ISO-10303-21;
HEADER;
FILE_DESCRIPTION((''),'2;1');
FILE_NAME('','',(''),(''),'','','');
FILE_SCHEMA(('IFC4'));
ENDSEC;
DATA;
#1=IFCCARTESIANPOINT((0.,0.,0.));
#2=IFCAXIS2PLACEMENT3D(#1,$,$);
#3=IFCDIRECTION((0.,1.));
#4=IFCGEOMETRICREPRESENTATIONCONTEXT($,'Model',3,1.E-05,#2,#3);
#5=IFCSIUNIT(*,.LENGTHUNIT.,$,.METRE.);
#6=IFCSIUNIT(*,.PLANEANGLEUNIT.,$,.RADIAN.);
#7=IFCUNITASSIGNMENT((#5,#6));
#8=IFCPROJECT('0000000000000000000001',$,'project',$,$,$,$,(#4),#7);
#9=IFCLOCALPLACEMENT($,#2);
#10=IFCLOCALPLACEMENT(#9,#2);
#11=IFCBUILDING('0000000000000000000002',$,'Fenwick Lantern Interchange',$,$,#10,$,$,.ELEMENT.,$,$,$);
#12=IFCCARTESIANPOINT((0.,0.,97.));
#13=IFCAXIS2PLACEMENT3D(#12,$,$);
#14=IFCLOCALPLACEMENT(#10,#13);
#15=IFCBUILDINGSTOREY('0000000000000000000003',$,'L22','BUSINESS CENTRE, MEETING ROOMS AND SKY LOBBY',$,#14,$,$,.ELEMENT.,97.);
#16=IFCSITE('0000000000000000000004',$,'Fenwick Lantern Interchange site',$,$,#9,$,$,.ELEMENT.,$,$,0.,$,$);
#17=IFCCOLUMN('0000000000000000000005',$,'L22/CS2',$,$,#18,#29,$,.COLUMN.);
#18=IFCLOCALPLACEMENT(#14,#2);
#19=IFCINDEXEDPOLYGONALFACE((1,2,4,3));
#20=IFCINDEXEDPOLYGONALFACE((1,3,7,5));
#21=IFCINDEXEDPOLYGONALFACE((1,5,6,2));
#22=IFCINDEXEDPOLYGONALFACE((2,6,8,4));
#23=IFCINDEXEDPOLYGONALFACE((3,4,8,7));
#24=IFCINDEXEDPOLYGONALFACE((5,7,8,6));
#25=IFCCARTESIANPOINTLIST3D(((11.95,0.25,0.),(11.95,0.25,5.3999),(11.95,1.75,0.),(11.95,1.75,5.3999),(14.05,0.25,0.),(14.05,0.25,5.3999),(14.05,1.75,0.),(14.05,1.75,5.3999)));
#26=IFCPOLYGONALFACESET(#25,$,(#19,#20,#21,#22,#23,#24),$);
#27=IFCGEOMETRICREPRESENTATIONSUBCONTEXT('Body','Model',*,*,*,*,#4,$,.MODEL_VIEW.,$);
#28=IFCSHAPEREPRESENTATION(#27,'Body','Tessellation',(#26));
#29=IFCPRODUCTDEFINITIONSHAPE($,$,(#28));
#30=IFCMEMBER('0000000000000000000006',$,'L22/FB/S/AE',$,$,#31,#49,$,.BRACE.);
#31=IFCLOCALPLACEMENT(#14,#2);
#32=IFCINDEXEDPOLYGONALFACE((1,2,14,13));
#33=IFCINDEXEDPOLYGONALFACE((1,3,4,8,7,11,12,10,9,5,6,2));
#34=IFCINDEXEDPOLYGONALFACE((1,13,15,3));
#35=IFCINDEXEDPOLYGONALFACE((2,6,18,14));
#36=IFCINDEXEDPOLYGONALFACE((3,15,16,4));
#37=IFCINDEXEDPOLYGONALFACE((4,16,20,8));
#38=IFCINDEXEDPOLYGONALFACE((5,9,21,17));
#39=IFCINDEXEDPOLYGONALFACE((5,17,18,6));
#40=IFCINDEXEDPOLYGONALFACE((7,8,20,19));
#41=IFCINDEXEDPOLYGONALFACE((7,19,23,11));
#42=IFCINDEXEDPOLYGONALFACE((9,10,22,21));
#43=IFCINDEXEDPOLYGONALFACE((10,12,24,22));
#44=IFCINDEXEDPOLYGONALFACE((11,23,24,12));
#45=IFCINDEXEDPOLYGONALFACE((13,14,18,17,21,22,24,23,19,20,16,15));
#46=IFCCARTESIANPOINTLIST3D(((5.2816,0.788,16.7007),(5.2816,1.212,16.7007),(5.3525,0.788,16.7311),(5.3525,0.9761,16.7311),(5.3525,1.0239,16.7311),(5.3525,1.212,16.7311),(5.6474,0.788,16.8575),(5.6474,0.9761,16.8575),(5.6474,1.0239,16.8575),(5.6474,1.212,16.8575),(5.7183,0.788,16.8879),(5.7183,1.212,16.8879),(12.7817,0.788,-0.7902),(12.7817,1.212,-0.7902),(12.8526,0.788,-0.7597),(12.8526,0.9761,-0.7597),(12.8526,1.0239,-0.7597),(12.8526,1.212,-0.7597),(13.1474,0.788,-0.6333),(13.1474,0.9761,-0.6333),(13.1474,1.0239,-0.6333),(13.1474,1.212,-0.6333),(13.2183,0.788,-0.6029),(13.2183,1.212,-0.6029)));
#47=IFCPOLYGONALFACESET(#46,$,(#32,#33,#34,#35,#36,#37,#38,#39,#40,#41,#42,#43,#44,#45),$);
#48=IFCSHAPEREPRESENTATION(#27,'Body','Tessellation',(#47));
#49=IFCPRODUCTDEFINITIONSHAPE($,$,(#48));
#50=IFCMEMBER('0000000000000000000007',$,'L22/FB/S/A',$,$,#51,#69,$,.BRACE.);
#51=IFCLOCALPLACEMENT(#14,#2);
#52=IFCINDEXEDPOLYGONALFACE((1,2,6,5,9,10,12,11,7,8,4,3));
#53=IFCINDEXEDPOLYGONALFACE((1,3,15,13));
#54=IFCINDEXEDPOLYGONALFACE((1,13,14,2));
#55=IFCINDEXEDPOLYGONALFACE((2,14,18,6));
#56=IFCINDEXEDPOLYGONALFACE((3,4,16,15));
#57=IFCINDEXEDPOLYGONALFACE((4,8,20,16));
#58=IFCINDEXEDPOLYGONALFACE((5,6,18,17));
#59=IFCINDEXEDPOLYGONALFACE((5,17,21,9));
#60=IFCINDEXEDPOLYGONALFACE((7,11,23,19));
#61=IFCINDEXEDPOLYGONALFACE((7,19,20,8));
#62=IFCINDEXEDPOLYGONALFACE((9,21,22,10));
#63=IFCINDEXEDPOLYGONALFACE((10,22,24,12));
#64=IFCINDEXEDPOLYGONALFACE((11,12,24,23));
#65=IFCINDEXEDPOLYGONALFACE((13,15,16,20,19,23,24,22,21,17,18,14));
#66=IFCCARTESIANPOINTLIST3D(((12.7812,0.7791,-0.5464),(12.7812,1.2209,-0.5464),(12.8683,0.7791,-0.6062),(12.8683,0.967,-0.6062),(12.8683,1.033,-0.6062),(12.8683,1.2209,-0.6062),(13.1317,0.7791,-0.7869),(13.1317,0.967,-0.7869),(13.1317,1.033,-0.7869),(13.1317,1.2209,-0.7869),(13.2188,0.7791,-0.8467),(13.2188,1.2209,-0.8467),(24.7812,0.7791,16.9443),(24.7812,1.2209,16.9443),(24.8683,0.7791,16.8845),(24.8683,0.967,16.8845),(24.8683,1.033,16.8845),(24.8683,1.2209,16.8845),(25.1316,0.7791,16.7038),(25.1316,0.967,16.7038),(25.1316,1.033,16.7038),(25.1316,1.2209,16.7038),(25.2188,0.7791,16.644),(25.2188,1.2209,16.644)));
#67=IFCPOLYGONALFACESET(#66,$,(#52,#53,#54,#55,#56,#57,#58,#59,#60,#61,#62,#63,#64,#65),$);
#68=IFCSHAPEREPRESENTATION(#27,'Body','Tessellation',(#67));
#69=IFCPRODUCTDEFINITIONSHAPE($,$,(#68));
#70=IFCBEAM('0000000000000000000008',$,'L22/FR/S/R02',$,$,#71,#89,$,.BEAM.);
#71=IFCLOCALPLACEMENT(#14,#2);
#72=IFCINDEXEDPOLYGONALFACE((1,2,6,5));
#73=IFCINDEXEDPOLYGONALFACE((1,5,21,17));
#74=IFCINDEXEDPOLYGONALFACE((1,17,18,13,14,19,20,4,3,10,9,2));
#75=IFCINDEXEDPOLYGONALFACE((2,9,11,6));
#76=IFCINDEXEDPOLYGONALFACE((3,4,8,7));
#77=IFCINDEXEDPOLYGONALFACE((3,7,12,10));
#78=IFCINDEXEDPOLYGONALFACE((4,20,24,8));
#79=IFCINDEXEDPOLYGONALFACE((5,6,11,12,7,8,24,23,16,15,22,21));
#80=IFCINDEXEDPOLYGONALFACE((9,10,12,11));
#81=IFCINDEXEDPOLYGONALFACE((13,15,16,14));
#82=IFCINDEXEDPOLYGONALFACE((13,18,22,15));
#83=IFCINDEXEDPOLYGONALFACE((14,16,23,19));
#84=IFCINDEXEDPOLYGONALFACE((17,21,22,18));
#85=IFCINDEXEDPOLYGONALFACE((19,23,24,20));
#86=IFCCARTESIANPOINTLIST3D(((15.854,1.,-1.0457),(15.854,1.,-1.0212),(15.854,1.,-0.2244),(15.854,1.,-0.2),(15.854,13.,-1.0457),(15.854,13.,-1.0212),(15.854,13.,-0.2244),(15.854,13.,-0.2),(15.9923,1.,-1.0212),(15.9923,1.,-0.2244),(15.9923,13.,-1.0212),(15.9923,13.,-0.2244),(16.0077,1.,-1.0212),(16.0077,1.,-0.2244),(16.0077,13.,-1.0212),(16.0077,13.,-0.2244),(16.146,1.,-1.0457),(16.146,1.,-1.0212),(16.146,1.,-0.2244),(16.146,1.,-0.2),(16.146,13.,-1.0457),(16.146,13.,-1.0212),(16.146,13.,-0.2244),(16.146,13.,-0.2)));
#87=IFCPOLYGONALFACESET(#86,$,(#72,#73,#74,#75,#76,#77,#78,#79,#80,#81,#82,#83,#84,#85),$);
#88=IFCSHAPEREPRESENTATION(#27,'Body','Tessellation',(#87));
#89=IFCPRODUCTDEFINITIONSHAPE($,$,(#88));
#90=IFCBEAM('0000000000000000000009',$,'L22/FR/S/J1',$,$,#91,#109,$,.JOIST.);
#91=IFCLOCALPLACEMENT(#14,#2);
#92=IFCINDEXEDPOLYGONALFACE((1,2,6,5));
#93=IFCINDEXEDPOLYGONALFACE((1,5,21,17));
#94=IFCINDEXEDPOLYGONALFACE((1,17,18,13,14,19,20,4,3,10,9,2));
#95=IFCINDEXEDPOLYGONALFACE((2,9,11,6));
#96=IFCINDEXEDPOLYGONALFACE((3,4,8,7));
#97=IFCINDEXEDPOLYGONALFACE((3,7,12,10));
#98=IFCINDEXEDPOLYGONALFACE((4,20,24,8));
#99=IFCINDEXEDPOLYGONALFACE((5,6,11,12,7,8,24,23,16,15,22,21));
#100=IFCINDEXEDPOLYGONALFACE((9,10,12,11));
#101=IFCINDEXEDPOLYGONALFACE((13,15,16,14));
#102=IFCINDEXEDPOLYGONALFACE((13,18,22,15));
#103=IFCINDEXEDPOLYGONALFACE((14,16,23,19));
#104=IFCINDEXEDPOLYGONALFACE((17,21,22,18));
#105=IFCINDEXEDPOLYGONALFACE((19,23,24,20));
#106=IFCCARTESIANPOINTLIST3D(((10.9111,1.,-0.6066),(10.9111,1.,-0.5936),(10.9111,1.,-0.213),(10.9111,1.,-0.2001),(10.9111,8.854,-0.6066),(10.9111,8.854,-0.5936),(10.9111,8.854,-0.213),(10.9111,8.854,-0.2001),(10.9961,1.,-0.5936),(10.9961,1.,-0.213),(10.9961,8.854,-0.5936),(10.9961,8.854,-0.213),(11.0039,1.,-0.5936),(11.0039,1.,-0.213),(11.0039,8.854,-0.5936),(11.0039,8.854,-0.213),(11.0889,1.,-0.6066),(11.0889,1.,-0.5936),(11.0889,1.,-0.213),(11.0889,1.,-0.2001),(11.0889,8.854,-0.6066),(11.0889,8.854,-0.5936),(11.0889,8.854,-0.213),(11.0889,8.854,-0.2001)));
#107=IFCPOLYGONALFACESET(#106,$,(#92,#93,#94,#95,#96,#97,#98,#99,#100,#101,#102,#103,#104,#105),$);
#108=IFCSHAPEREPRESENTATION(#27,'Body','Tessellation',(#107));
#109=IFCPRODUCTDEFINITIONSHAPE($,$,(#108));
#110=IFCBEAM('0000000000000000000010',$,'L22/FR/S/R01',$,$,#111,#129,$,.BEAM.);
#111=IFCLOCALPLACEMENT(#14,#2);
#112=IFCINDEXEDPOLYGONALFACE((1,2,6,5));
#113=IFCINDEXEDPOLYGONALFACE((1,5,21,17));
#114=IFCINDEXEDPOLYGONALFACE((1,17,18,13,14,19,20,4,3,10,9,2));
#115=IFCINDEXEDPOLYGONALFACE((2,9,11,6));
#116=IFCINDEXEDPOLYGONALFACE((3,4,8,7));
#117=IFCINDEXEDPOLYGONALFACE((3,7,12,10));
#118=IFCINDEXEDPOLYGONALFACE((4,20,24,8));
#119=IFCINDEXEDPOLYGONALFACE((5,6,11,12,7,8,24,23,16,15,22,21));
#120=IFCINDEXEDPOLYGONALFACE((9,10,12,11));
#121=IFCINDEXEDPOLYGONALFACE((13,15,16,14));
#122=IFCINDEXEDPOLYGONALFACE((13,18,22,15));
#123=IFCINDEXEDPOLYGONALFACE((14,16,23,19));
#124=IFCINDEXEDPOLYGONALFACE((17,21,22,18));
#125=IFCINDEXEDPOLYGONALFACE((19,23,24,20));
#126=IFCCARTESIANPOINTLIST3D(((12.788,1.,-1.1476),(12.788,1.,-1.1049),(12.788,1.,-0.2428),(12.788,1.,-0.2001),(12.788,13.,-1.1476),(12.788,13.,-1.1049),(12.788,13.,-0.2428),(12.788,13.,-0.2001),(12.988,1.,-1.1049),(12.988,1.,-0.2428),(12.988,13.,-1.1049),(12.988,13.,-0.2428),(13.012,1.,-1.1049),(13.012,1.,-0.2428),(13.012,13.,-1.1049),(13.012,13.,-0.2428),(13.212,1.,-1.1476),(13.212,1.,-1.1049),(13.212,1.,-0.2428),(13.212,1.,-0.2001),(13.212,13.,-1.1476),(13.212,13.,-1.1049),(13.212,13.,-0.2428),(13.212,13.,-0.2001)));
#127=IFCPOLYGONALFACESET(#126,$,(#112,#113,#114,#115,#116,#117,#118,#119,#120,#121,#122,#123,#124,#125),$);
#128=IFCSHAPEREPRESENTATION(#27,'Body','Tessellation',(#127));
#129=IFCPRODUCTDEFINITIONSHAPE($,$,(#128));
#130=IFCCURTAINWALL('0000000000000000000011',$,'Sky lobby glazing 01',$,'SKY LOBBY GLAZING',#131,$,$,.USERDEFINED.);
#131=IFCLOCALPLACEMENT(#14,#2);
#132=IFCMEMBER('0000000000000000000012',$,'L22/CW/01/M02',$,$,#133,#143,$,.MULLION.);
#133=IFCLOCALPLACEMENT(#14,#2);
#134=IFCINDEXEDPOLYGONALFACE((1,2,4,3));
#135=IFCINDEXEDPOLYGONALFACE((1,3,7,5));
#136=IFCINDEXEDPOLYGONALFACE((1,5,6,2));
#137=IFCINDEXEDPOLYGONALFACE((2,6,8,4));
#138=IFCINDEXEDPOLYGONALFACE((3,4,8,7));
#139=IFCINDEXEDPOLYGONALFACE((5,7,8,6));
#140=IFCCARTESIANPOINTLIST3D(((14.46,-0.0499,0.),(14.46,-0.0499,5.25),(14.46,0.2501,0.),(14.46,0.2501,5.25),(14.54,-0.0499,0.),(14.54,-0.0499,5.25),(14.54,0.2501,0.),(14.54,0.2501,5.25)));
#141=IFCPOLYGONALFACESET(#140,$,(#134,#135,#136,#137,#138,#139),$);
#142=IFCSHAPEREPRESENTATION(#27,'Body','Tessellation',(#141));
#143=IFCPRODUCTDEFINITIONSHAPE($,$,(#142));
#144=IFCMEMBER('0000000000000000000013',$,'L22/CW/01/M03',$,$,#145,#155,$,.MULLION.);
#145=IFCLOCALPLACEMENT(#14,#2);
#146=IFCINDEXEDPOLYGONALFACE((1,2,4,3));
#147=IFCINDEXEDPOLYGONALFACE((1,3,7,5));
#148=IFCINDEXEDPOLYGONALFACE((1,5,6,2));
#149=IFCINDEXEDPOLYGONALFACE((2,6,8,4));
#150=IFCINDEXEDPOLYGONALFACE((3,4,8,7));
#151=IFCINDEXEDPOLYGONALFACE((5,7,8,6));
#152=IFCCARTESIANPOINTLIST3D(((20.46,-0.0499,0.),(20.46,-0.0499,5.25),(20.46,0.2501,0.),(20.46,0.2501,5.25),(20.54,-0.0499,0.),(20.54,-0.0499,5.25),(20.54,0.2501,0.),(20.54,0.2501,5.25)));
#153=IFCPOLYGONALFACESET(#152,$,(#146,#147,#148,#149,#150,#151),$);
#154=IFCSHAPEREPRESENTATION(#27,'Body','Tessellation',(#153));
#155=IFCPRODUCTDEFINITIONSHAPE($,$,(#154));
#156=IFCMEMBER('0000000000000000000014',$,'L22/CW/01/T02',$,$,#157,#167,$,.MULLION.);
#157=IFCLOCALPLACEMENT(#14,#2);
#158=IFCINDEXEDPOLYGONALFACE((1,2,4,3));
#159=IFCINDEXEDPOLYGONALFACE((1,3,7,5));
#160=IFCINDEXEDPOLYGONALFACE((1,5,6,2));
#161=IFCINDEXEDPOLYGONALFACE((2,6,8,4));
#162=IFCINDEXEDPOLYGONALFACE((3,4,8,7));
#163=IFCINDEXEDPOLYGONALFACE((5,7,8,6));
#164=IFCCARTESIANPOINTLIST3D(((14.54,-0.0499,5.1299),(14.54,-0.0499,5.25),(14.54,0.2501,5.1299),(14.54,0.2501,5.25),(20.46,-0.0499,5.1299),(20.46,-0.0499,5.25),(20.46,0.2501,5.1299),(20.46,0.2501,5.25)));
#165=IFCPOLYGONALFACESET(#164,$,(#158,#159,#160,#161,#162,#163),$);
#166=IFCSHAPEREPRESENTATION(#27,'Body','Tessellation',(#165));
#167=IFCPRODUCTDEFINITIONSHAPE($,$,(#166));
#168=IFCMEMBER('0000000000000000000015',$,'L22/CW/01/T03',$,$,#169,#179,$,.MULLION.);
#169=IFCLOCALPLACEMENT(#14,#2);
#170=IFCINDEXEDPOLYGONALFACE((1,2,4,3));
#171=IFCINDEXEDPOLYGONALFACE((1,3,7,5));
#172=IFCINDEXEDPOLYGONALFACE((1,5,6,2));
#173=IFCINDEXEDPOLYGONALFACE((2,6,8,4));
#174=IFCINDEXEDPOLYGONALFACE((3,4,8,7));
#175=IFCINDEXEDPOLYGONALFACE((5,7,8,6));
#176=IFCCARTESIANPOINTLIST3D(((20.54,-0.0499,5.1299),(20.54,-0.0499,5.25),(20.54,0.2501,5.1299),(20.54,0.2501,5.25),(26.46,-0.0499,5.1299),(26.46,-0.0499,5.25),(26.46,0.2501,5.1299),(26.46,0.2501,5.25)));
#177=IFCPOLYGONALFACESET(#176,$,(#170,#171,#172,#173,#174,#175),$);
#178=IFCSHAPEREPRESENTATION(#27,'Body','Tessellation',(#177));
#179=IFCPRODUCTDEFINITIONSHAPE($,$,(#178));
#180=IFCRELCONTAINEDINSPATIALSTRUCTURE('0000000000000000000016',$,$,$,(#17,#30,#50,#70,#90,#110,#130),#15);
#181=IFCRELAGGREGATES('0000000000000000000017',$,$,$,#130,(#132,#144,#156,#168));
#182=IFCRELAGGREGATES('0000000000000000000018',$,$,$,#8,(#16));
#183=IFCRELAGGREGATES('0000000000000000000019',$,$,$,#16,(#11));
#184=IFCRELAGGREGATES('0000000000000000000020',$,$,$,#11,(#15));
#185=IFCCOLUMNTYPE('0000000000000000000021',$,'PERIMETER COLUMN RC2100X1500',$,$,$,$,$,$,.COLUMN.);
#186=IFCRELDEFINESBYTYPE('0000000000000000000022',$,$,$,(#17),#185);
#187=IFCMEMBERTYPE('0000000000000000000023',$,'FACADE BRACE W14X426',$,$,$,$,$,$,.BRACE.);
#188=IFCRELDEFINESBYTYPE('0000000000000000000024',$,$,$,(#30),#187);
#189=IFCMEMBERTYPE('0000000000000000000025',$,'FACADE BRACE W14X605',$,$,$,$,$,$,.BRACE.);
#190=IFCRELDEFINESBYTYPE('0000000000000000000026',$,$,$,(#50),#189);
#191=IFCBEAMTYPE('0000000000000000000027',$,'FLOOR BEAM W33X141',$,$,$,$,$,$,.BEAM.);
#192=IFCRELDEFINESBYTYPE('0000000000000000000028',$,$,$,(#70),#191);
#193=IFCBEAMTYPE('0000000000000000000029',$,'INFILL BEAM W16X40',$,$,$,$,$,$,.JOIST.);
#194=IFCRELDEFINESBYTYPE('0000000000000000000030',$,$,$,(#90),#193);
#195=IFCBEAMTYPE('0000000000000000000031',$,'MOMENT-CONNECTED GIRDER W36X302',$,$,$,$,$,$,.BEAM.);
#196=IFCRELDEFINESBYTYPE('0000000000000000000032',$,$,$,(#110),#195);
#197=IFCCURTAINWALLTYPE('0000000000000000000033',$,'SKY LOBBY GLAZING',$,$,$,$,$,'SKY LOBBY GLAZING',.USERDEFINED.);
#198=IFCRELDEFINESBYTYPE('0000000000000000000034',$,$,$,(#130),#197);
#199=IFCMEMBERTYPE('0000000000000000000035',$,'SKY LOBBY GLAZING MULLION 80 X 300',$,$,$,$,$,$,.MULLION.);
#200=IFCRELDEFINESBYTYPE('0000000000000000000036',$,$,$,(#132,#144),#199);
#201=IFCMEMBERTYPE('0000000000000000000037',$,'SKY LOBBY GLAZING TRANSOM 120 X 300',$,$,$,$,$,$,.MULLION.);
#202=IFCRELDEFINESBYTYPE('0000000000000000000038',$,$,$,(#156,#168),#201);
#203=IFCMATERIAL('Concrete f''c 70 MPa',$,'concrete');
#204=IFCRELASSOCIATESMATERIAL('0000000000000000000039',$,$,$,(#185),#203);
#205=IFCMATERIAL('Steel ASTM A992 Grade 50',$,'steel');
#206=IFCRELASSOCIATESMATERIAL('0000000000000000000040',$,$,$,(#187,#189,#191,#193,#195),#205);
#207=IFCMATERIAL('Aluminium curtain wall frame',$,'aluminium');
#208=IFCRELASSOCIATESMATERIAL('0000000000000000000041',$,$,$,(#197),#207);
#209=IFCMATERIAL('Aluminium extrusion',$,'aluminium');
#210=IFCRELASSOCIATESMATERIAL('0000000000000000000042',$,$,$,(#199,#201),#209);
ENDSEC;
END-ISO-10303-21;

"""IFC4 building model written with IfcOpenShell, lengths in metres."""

from ifc_helpers import new_model, si_unit, direction, frame, origin, origin_2d, place, context, subcontext, project, spatial, rectangle, i_section, extrude, material, material_profile, profile_set, type_object, element, aggregate, save


model = new_model("IFC4")

# Units and contexts
model_context = context("Model", 3, precision=1e-05, world=origin(), true_north=direction((0.0, 1.0)))
body_context = subcontext(model_context, "Body", "Model", "MODEL_VIEW")
ifc_project = project(units=[si_unit("LENGTHUNIT", "METRE"), si_unit("PLANEANGLEUNIT", "RADIAN")], contexts=[model_context])

# Site, building, storey
site_placement = place(None, origin())
site = spatial("IfcSite", under=ifc_project, at=site_placement, Name="Fenwick Lantern Interchange site", CompositionType="ELEMENT", RefElevation=0.0)
building_placement = place(site_placement, origin())
building = spatial("IfcBuilding", under=site, at=building_placement, Name="Fenwick Lantern Interchange", CompositionType="ELEMENT")
storey_placement = place(building_placement, frame((0.0, 0.0, 97.0)))
storey = spatial("IfcBuildingStorey", under=building, at=storey_placement, Name="L22", Description="BUSINESS CENTRE, MEETING ROOMS AND SKY LOBBY", CompositionType="ELEMENT", Elevation=97.0)

# Column
ifc_material_1 = material(Name="Concrete f'c 70 MPa", Category="concrete")
ifc_material_profile_1 = material_profile(ifc_material_1, rectangle(XDim=2.1001, YDim=1.5, at=origin_2d()), Name="RC2100X1500")
ifc_profile_set_1 = profile_set([ifc_material_profile_1], Name="Concrete f'c 70 MPa")
column_type = type_object("IfcColumnType", Name="PERIMETER COLUMN RC2100X1500", PredefinedType="COLUMN", material=ifc_profile_set_1)
column_placement = place(storey_placement, frame((13.0, 1.0, 0.0), z_axis=(0.0, 0.0, 1.0), x_axis=(1.0, 0.0, 0.0)))
element("IfcColumn", 1, at=column_placement, inside=storey, type_object=column_type, Name="L22/CS2", PredefinedType="COLUMN", context=body_context, shape_type="SweptSolid", body=[
    extrude(rectangle(XDim=2.1001, YDim=1.5, at=origin_2d()), origin(), (0.0, 0.0, 1.0), 5.3999),
])

# Members
ifc_material_2 = material(Name="Steel ASTM A992 Grade 50", Category="steel")
ifc_material_profile_2 = material_profile(ifc_material_2, i_section(OverallWidth=0.4241, OverallDepth=0.4751, WebThickness=0.0479, FlangeThickness=0.0771, at=origin_2d()), Name="W14X426")
ifc_profile_set_2 = profile_set([ifc_material_profile_2], Name="Steel ASTM A992 Grade 50")
member_type_1 = type_object("IfcMemberType", Name="FACADE BRACE W14X426", PredefinedType="BRACE", material=ifc_profile_set_2)
member_1_placement = place(storey_placement, frame((13.0, 1.0, -0.6965), z_axis=(-0.394096, 0.0, 0.919069), x_axis=(0.0, -1.0, 0.0)))
element("IfcMember", 2, at=member_1_placement, inside=storey, type_object=member_type_1, Name="L22/FB/S/AE", PredefinedType="BRACE", context=body_context, shape_type="SweptSolid", body=[
    extrude(i_section(OverallWidth=0.4241, OverallDepth=0.4751, WebThickness=0.0479, FlangeThickness=0.0771, at=origin_2d()), origin(), (0.0, 0.0, 1.0), 19.031),
])
ifc_material_profile_3 = material_profile(ifc_material_2, i_section(OverallWidth=0.4419, OverallDepth=0.5308, WebThickness=0.0659, FlangeThickness=0.1057, at=origin_2d()), Name="W14X605")
ifc_profile_set_3 = profile_set([ifc_material_profile_3], Name="Steel ASTM A992 Grade 50")
member_type_2 = type_object("IfcMemberType", Name="FACADE BRACE W14X605", PredefinedType="BRACE", material=ifc_profile_set_3)
member_2_placement = place(storey_placement, frame((13.0, 1.0, -0.6965), z_axis=(0.565732, 0.0, 0.824589), x_axis=(0.0, 1.0, 0.0)))
element("IfcMember", 3, at=member_2_placement, inside=storey, type_object=member_type_2, Name="L22/FB/S/A", PredefinedType="BRACE", context=body_context, shape_type="SweptSolid", body=[
    extrude(i_section(OverallWidth=0.4419, OverallDepth=0.5308, WebThickness=0.0659, FlangeThickness=0.1057, at=origin_2d()), origin(), (0.0, 0.0, 1.0), 21.2114),
])

# Beams
ifc_material_profile_4 = material_profile(ifc_material_2, i_section(OverallWidth=0.292, OverallDepth=0.8457, WebThickness=0.0154, FlangeThickness=0.0244, at=origin_2d()), Name="W33X141")
ifc_profile_set_4 = profile_set([ifc_material_profile_4], Name="Steel ASTM A992 Grade 50")
beam_type_1 = type_object("IfcBeamType", Name="FLOOR BEAM W33X141", PredefinedType="BEAM", material=ifc_profile_set_4)
beam_1_placement = place(storey_placement, frame((16.0, 1.0, -0.6228), z_axis=(0.0, 1.0, 0.0), x_axis=(-1.0, 0.0, 0.0)))
element("IfcBeam", 4, at=beam_1_placement, inside=storey, type_object=beam_type_1, Name="L22/FR/S/R02", PredefinedType="BEAM", context=body_context, shape_type="SweptSolid", body=[
    extrude(i_section(OverallWidth=0.292, OverallDepth=0.8457, WebThickness=0.0154, FlangeThickness=0.0244, at=origin_2d()), origin(), (0.0, 0.0, 1.0), 12.0),
])
ifc_material_profile_5 = material_profile(ifc_material_2, i_section(OverallWidth=0.1777, OverallDepth=0.4065, WebThickness=0.0078, FlangeThickness=0.0129, at=origin_2d()), Name="W16X40")
ifc_profile_set_5 = profile_set([ifc_material_profile_5], Name="Steel ASTM A992 Grade 50")
beam_type_2 = type_object("IfcBeamType", Name="INFILL BEAM W16X40", PredefinedType="JOIST", material=ifc_profile_set_5)
beam_2_placement = place(storey_placement, frame((11.0, 1.0, -0.4033), z_axis=(0.0, 1.0, 0.0), x_axis=(-1.0, 0.0, 0.0)))
element("IfcBeam", 5, at=beam_2_placement, inside=storey, type_object=beam_type_2, Name="L22/FR/S/J1", PredefinedType="JOIST", context=body_context, shape_type="SweptSolid", body=[
    extrude(i_section(OverallWidth=0.1777, OverallDepth=0.4065, WebThickness=0.0078, FlangeThickness=0.0129, at=origin_2d()), origin(), (0.0, 0.0, 1.0), 7.854),
])
ifc_material_profile_6 = material_profile(ifc_material_2, i_section(OverallWidth=0.4241, OverallDepth=0.9475, WebThickness=0.0239, FlangeThickness=0.0427, at=origin_2d()), Name="W36X302")
ifc_profile_set_6 = profile_set([ifc_material_profile_6], Name="Steel ASTM A992 Grade 50")
beam_type_3 = type_object("IfcBeamType", Name="MOMENT-CONNECTED GIRDER W36X302", PredefinedType="BEAM", material=ifc_profile_set_6)
beam_3_placement = place(storey_placement, frame((13.0, 1.0, -0.6738), z_axis=(0.0, 1.0, 0.0), x_axis=(-1.0, 0.0, 0.0)))
element("IfcBeam", 6, at=beam_3_placement, inside=storey, type_object=beam_type_3, Name="L22/FR/S/R01", PredefinedType="BEAM", context=body_context, shape_type="SweptSolid", body=[
    extrude(i_section(OverallWidth=0.4241, OverallDepth=0.9475, WebThickness=0.0239, FlangeThickness=0.0427, at=origin_2d()), origin(), (0.0, 0.0, 1.0), 12.0),
])

# Curtain wall, members
ifc_material_3 = material(Name="Aluminium curtain wall frame", Category="aluminium")
curtain_wall_type = type_object("IfcCurtainWallType", Name="SKY LOBBY GLAZING", ElementType="SKY LOBBY GLAZING", PredefinedType="USERDEFINED", material=ifc_material_3)
curtain_wall_placement = place(storey_placement, origin())
curtain_wall = element("IfcCurtainWall", 7, at=curtain_wall_placement, inside=storey, type_object=curtain_wall_type, Name="Sky lobby glazing 01", ObjectType="SKY LOBBY GLAZING", PredefinedType="USERDEFINED")
ifc_material_4 = material(Name="Aluminium extrusion", Category="aluminium")
ifc_material_profile_7 = material_profile(ifc_material_4, rectangle(XDim=0.3, YDim=0.0801, at=origin_2d()), Name="SKY LOBBY GLAZING MULLION 80 X 300")
ifc_profile_set_7 = profile_set([ifc_material_profile_7], Name="Aluminium extrusion")
member_type_3 = type_object("IfcMemberType", Name="SKY LOBBY GLAZING MULLION 80 X 300", PredefinedType="MULLION", material=ifc_profile_set_7)
member_3_placement = place(storey_placement, frame((14.5, 0.1001, 0.0), z_axis=(0.0, 0.0, 1.0), x_axis=(0.0, 1.0, 0.0)))
member_3 = element("IfcMember", 8, at=member_3_placement, type_object=member_type_3, Name="L22/CW/01/M02", PredefinedType="MULLION", context=body_context, shape_type="SweptSolid", body=[
    extrude(rectangle(XDim=0.3, YDim=0.0801, at=origin_2d()), origin(), (0.0, 0.0, 1.0), 5.25),
])
member_4_placement = place(storey_placement, frame((20.5, 0.1001, 0.0), z_axis=(0.0, 0.0, 1.0), x_axis=(0.0, 1.0, 0.0)))
member_4 = element("IfcMember", 9, at=member_4_placement, type_object=member_type_3, Name="L22/CW/01/M03", PredefinedType="MULLION", context=body_context, shape_type="SweptSolid", body=[
    extrude(rectangle(XDim=0.3, YDim=0.0801, at=origin_2d()), origin(), (0.0, 0.0, 1.0), 5.25),
])
ifc_material_profile_8 = material_profile(ifc_material_4, rectangle(XDim=0.3, YDim=0.1201, at=origin_2d()), Name="SKY LOBBY GLAZING TRANSOM 120 X 300")
ifc_profile_set_8 = profile_set([ifc_material_profile_8], Name="Aluminium extrusion")
member_type_4 = type_object("IfcMemberType", Name="SKY LOBBY GLAZING TRANSOM 120 X 300", PredefinedType="MULLION", material=ifc_profile_set_8)
member_5_placement = place(storey_placement, frame((14.54, 0.1001, 5.1899), z_axis=(1.0, 0.0, 0.0), x_axis=(0.0, 1.0, 0.0)))
member_5 = element("IfcMember", 10, at=member_5_placement, type_object=member_type_4, Name="L22/CW/01/T02", PredefinedType="MULLION", context=body_context, shape_type="SweptSolid", body=[
    extrude(rectangle(XDim=0.3, YDim=0.1201, at=origin_2d()), origin(), (0.0, 0.0, 1.0), 5.9199),
])
member_6_placement = place(storey_placement, frame((20.54, 0.1001, 5.1899), z_axis=(1.0, 0.0, 0.0), x_axis=(0.0, 1.0, 0.0)))
member_6 = element("IfcMember", 11, at=member_6_placement, type_object=member_type_4, Name="L22/CW/01/T03", PredefinedType="MULLION", context=body_context, shape_type="SweptSolid", body=[
    extrude(rectangle(XDim=0.3, YDim=0.1201, at=origin_2d()), origin(), (0.0, 0.0, 1.0), 5.9199),
])
aggregate(curtain_wall, [member_3, member_4, member_5, member_6])

save(model, "model.ifc")
